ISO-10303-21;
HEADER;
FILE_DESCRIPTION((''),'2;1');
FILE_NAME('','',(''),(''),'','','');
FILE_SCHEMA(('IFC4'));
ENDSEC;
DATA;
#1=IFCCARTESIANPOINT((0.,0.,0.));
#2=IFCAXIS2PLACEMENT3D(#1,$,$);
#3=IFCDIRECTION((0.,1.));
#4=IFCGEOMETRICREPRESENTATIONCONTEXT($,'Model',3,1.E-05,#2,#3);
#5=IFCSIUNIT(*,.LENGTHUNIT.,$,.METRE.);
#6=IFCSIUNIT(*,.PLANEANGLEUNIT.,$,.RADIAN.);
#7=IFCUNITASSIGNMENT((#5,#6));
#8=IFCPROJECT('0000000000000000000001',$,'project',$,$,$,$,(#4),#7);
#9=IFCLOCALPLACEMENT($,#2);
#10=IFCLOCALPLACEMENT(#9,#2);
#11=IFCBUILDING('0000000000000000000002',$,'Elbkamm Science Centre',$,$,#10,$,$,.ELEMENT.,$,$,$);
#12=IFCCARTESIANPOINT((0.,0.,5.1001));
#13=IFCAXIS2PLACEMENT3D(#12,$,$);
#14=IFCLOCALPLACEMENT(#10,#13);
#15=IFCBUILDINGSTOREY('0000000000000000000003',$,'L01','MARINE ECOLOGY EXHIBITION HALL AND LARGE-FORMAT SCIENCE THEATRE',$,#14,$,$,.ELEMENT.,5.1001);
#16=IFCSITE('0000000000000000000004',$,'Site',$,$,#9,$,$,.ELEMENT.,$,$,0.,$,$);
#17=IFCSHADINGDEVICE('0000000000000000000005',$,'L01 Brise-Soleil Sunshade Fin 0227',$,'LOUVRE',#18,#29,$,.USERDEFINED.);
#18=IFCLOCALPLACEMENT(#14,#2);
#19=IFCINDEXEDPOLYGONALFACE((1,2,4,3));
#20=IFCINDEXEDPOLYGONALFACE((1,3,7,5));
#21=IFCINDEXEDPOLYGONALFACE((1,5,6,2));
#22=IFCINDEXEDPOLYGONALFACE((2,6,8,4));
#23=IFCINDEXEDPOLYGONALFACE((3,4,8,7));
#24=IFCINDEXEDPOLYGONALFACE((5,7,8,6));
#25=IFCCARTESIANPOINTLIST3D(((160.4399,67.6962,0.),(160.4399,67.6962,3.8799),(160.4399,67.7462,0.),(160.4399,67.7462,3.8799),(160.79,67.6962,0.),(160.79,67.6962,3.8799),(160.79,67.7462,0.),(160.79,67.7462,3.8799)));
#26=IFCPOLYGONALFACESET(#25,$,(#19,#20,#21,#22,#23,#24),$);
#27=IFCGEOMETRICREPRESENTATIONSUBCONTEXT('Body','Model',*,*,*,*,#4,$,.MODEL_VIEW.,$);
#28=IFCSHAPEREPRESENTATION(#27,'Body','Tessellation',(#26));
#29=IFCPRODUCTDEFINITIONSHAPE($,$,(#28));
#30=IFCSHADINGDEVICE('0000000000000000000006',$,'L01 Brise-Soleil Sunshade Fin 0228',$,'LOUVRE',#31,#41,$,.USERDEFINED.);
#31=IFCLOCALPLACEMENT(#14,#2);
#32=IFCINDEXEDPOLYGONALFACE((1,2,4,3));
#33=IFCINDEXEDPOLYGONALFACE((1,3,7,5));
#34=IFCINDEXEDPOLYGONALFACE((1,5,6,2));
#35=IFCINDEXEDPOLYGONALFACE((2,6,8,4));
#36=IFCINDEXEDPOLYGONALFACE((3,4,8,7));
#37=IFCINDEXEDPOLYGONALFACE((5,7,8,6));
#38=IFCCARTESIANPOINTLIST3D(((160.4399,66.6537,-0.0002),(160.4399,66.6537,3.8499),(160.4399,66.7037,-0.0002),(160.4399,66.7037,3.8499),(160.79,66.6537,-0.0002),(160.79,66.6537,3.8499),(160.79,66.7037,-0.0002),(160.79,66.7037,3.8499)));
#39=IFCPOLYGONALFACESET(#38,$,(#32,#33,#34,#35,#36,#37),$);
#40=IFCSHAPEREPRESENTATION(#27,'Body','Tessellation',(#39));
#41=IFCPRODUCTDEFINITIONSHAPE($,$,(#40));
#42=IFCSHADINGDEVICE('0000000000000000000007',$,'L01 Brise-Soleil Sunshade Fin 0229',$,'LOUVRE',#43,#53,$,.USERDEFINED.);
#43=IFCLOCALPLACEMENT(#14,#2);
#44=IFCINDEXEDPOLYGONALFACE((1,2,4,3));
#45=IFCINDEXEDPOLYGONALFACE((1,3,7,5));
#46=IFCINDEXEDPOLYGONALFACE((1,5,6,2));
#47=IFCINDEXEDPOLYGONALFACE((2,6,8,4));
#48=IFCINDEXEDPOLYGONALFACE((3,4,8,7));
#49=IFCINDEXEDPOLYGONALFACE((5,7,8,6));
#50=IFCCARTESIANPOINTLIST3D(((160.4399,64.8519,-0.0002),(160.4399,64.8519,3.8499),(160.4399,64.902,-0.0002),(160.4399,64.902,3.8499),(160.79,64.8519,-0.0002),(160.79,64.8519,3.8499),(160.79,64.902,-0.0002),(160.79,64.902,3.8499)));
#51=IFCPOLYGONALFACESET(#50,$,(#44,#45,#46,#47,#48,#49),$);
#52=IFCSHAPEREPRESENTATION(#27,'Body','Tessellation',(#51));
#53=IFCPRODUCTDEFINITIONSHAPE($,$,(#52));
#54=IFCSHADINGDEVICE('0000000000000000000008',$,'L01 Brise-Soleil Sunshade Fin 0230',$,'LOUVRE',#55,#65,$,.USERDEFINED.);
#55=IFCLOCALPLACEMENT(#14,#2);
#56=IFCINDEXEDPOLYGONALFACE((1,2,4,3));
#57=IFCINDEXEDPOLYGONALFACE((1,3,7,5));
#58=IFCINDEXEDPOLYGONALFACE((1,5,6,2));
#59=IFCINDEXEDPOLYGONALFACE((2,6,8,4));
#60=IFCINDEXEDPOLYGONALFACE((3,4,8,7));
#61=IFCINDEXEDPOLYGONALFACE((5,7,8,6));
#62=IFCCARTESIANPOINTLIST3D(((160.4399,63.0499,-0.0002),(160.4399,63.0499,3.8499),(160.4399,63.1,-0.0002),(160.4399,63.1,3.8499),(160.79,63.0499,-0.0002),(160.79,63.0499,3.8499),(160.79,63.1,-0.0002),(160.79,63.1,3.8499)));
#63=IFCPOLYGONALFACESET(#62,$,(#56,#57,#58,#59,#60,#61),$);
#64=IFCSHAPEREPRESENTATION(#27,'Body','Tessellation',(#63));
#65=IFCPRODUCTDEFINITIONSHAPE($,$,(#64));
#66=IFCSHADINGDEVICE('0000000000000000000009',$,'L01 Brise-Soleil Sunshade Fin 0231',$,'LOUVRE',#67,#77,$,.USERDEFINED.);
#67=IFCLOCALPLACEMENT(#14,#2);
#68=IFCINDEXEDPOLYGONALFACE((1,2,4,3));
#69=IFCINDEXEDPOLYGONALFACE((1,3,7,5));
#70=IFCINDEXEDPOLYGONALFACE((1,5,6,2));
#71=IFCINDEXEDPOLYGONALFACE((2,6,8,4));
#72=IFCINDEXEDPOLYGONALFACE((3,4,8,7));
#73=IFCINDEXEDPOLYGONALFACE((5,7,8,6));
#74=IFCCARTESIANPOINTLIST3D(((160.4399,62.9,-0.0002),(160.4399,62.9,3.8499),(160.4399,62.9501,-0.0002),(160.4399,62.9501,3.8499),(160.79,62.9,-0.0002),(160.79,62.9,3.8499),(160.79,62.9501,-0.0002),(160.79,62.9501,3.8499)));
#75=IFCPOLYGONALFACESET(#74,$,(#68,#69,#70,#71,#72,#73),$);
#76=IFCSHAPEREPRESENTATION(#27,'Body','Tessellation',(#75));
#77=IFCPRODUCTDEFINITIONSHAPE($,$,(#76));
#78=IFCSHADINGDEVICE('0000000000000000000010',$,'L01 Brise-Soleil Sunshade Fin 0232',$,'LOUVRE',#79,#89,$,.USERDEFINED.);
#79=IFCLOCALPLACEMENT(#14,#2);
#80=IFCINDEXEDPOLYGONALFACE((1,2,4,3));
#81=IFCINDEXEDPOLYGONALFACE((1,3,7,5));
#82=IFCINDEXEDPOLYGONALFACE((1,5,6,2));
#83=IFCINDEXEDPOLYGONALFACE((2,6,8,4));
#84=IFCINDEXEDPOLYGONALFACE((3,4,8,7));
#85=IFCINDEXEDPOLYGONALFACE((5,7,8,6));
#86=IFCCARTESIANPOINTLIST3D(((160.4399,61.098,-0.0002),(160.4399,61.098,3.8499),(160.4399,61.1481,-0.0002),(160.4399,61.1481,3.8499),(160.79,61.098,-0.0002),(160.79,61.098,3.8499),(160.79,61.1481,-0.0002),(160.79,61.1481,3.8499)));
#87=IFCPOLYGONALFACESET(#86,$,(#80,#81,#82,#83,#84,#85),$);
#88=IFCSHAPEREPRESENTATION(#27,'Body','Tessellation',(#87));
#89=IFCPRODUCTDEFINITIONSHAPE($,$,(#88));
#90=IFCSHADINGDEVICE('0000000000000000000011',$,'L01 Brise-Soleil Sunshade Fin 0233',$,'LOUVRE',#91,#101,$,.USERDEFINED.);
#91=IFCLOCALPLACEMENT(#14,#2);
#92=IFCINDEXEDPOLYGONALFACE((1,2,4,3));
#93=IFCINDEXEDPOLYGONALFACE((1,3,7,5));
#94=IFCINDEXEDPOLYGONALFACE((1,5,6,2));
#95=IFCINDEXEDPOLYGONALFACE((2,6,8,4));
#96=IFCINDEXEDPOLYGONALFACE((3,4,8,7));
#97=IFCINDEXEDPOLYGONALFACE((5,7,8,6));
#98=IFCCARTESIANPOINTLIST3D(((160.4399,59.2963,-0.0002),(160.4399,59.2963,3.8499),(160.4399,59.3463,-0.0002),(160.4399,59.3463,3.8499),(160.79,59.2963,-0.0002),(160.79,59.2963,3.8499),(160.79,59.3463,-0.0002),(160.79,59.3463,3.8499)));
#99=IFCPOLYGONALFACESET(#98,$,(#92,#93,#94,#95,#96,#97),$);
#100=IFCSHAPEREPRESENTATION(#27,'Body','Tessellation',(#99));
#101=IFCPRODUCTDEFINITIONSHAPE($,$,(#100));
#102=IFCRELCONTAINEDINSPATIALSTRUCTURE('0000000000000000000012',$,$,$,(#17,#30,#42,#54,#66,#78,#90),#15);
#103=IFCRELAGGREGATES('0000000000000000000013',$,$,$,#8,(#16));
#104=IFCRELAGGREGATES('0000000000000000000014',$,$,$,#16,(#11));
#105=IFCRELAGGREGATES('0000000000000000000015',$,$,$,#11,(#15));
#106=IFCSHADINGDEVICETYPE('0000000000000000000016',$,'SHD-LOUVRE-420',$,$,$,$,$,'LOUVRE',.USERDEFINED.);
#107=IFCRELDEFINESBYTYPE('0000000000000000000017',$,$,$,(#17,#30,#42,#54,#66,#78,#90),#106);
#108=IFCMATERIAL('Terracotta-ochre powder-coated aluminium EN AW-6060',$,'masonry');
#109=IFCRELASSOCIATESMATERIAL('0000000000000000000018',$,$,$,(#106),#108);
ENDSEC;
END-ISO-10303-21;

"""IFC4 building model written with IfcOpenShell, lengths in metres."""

from ifc_helpers import new_model, si_unit, direction, frame, origin, origin_2d, place, context, subcontext, project, spatial, rectangle, extrude, material, type_object, element, save


model = new_model("IFC4")

# Units and contexts
model_context = context("Model", 3, precision=1e-05, world=origin(), true_north=direction((0.0, 1.0)))
body_context = subcontext(model_context, "Body", "Model", "MODEL_VIEW")
ifc_project = project(units=[si_unit("LENGTHUNIT", "METRE"), si_unit("PLANEANGLEUNIT", "RADIAN")], contexts=[model_context])

# Site, building, storey
site_placement = place(None, origin())
site = spatial("IfcSite", under=ifc_project, at=site_placement, Name="Site", CompositionType="ELEMENT", RefElevation=0.0)
building_placement = place(site_placement, origin())
building = spatial("IfcBuilding", under=site, at=building_placement, Name="Elbkamm Science Centre", CompositionType="ELEMENT")
storey_placement = place(building_placement, frame((0.0, 0.0, 5.1001)))
storey = spatial("IfcBuildingStorey", under=building, at=storey_placement, Name="L01", Description="MARINE ECOLOGY EXHIBITION HALL AND LARGE-FORMAT SCIENCE THEATRE", CompositionType="ELEMENT", Elevation=5.1001)

# Shading devices
ifc_material_1 = material(Name="Terracotta-ochre powder-coated aluminium EN AW-6060", Category="masonry")
shading_device_type = type_object("IfcShadingDeviceType", Name="SHD-LOUVRE-420", ElementType="LOUVRE", PredefinedType="USERDEFINED", material=ifc_material_1)
shading_device_placement = place(storey_placement, frame((160.615, 67.7212, 0.0), z_axis=(0.0, 0.0, 1.0), x_axis=(1.0, 0.0, 0.0)))
element("IfcShadingDevice", 1, at=shading_device_placement, inside=storey, type_object=shading_device_type, Name="L01 Brise-Soleil Sunshade Fin 0227", ObjectType="LOUVRE", PredefinedType="USERDEFINED", context=body_context, shape_type="SweptSolid", body=[
    extrude(rectangle(XDim=0.3501, YDim=0.05, at=origin_2d()), origin(), (0.0, 0.0, 1.0), 3.8799),
])
for number, where, z_axis, x_axis, name in (
    (2, (160.615, 66.6787, -0.0002), (0.0, 0.0, 1.0), (1.0, 0.0, 0.0), "L01 Brise-Soleil Sunshade Fin 0228"),
    (3, (160.615, 64.877, -0.0002), (0.0, 0.0, 1.0), (1.0, 0.0, 0.0), "L01 Brise-Soleil Sunshade Fin 0229"),
    (4, (160.615, 63.075, -0.0002), (0.0, 0.0, 1.0), (1.0, 0.0, 0.0), "L01 Brise-Soleil Sunshade Fin 0230"),
    (5, (160.615, 62.925, -0.0002), (0.0, 0.0, 1.0), (1.0, 0.0, 0.0), "L01 Brise-Soleil Sunshade Fin 0231"),
    (6, (160.615, 61.123, -0.0002), (0.0, 0.0, 1.0), (1.0, 0.0, 0.0), "L01 Brise-Soleil Sunshade Fin 0232"),
    (7, (160.615, 59.3213, -0.0002), (0.0, 0.0, 1.0), (1.0, 0.0, 0.0), "L01 Brise-Soleil Sunshade Fin 0233"),
):
    element("IfcShadingDevice", number, at=place(storey_placement, frame(where, z_axis=z_axis, x_axis=x_axis)), inside=storey, type_object=shading_device_type, Name=name, ObjectType="LOUVRE", PredefinedType="USERDEFINED", context=body_context, shape_type="SweptSolid", body=[
        extrude(rectangle(XDim=0.3501, YDim=0.05, at=origin_2d()), origin(), (0.0, 0.0, 1.0), 3.8501),
    ])

save(model, "model.ifc")
